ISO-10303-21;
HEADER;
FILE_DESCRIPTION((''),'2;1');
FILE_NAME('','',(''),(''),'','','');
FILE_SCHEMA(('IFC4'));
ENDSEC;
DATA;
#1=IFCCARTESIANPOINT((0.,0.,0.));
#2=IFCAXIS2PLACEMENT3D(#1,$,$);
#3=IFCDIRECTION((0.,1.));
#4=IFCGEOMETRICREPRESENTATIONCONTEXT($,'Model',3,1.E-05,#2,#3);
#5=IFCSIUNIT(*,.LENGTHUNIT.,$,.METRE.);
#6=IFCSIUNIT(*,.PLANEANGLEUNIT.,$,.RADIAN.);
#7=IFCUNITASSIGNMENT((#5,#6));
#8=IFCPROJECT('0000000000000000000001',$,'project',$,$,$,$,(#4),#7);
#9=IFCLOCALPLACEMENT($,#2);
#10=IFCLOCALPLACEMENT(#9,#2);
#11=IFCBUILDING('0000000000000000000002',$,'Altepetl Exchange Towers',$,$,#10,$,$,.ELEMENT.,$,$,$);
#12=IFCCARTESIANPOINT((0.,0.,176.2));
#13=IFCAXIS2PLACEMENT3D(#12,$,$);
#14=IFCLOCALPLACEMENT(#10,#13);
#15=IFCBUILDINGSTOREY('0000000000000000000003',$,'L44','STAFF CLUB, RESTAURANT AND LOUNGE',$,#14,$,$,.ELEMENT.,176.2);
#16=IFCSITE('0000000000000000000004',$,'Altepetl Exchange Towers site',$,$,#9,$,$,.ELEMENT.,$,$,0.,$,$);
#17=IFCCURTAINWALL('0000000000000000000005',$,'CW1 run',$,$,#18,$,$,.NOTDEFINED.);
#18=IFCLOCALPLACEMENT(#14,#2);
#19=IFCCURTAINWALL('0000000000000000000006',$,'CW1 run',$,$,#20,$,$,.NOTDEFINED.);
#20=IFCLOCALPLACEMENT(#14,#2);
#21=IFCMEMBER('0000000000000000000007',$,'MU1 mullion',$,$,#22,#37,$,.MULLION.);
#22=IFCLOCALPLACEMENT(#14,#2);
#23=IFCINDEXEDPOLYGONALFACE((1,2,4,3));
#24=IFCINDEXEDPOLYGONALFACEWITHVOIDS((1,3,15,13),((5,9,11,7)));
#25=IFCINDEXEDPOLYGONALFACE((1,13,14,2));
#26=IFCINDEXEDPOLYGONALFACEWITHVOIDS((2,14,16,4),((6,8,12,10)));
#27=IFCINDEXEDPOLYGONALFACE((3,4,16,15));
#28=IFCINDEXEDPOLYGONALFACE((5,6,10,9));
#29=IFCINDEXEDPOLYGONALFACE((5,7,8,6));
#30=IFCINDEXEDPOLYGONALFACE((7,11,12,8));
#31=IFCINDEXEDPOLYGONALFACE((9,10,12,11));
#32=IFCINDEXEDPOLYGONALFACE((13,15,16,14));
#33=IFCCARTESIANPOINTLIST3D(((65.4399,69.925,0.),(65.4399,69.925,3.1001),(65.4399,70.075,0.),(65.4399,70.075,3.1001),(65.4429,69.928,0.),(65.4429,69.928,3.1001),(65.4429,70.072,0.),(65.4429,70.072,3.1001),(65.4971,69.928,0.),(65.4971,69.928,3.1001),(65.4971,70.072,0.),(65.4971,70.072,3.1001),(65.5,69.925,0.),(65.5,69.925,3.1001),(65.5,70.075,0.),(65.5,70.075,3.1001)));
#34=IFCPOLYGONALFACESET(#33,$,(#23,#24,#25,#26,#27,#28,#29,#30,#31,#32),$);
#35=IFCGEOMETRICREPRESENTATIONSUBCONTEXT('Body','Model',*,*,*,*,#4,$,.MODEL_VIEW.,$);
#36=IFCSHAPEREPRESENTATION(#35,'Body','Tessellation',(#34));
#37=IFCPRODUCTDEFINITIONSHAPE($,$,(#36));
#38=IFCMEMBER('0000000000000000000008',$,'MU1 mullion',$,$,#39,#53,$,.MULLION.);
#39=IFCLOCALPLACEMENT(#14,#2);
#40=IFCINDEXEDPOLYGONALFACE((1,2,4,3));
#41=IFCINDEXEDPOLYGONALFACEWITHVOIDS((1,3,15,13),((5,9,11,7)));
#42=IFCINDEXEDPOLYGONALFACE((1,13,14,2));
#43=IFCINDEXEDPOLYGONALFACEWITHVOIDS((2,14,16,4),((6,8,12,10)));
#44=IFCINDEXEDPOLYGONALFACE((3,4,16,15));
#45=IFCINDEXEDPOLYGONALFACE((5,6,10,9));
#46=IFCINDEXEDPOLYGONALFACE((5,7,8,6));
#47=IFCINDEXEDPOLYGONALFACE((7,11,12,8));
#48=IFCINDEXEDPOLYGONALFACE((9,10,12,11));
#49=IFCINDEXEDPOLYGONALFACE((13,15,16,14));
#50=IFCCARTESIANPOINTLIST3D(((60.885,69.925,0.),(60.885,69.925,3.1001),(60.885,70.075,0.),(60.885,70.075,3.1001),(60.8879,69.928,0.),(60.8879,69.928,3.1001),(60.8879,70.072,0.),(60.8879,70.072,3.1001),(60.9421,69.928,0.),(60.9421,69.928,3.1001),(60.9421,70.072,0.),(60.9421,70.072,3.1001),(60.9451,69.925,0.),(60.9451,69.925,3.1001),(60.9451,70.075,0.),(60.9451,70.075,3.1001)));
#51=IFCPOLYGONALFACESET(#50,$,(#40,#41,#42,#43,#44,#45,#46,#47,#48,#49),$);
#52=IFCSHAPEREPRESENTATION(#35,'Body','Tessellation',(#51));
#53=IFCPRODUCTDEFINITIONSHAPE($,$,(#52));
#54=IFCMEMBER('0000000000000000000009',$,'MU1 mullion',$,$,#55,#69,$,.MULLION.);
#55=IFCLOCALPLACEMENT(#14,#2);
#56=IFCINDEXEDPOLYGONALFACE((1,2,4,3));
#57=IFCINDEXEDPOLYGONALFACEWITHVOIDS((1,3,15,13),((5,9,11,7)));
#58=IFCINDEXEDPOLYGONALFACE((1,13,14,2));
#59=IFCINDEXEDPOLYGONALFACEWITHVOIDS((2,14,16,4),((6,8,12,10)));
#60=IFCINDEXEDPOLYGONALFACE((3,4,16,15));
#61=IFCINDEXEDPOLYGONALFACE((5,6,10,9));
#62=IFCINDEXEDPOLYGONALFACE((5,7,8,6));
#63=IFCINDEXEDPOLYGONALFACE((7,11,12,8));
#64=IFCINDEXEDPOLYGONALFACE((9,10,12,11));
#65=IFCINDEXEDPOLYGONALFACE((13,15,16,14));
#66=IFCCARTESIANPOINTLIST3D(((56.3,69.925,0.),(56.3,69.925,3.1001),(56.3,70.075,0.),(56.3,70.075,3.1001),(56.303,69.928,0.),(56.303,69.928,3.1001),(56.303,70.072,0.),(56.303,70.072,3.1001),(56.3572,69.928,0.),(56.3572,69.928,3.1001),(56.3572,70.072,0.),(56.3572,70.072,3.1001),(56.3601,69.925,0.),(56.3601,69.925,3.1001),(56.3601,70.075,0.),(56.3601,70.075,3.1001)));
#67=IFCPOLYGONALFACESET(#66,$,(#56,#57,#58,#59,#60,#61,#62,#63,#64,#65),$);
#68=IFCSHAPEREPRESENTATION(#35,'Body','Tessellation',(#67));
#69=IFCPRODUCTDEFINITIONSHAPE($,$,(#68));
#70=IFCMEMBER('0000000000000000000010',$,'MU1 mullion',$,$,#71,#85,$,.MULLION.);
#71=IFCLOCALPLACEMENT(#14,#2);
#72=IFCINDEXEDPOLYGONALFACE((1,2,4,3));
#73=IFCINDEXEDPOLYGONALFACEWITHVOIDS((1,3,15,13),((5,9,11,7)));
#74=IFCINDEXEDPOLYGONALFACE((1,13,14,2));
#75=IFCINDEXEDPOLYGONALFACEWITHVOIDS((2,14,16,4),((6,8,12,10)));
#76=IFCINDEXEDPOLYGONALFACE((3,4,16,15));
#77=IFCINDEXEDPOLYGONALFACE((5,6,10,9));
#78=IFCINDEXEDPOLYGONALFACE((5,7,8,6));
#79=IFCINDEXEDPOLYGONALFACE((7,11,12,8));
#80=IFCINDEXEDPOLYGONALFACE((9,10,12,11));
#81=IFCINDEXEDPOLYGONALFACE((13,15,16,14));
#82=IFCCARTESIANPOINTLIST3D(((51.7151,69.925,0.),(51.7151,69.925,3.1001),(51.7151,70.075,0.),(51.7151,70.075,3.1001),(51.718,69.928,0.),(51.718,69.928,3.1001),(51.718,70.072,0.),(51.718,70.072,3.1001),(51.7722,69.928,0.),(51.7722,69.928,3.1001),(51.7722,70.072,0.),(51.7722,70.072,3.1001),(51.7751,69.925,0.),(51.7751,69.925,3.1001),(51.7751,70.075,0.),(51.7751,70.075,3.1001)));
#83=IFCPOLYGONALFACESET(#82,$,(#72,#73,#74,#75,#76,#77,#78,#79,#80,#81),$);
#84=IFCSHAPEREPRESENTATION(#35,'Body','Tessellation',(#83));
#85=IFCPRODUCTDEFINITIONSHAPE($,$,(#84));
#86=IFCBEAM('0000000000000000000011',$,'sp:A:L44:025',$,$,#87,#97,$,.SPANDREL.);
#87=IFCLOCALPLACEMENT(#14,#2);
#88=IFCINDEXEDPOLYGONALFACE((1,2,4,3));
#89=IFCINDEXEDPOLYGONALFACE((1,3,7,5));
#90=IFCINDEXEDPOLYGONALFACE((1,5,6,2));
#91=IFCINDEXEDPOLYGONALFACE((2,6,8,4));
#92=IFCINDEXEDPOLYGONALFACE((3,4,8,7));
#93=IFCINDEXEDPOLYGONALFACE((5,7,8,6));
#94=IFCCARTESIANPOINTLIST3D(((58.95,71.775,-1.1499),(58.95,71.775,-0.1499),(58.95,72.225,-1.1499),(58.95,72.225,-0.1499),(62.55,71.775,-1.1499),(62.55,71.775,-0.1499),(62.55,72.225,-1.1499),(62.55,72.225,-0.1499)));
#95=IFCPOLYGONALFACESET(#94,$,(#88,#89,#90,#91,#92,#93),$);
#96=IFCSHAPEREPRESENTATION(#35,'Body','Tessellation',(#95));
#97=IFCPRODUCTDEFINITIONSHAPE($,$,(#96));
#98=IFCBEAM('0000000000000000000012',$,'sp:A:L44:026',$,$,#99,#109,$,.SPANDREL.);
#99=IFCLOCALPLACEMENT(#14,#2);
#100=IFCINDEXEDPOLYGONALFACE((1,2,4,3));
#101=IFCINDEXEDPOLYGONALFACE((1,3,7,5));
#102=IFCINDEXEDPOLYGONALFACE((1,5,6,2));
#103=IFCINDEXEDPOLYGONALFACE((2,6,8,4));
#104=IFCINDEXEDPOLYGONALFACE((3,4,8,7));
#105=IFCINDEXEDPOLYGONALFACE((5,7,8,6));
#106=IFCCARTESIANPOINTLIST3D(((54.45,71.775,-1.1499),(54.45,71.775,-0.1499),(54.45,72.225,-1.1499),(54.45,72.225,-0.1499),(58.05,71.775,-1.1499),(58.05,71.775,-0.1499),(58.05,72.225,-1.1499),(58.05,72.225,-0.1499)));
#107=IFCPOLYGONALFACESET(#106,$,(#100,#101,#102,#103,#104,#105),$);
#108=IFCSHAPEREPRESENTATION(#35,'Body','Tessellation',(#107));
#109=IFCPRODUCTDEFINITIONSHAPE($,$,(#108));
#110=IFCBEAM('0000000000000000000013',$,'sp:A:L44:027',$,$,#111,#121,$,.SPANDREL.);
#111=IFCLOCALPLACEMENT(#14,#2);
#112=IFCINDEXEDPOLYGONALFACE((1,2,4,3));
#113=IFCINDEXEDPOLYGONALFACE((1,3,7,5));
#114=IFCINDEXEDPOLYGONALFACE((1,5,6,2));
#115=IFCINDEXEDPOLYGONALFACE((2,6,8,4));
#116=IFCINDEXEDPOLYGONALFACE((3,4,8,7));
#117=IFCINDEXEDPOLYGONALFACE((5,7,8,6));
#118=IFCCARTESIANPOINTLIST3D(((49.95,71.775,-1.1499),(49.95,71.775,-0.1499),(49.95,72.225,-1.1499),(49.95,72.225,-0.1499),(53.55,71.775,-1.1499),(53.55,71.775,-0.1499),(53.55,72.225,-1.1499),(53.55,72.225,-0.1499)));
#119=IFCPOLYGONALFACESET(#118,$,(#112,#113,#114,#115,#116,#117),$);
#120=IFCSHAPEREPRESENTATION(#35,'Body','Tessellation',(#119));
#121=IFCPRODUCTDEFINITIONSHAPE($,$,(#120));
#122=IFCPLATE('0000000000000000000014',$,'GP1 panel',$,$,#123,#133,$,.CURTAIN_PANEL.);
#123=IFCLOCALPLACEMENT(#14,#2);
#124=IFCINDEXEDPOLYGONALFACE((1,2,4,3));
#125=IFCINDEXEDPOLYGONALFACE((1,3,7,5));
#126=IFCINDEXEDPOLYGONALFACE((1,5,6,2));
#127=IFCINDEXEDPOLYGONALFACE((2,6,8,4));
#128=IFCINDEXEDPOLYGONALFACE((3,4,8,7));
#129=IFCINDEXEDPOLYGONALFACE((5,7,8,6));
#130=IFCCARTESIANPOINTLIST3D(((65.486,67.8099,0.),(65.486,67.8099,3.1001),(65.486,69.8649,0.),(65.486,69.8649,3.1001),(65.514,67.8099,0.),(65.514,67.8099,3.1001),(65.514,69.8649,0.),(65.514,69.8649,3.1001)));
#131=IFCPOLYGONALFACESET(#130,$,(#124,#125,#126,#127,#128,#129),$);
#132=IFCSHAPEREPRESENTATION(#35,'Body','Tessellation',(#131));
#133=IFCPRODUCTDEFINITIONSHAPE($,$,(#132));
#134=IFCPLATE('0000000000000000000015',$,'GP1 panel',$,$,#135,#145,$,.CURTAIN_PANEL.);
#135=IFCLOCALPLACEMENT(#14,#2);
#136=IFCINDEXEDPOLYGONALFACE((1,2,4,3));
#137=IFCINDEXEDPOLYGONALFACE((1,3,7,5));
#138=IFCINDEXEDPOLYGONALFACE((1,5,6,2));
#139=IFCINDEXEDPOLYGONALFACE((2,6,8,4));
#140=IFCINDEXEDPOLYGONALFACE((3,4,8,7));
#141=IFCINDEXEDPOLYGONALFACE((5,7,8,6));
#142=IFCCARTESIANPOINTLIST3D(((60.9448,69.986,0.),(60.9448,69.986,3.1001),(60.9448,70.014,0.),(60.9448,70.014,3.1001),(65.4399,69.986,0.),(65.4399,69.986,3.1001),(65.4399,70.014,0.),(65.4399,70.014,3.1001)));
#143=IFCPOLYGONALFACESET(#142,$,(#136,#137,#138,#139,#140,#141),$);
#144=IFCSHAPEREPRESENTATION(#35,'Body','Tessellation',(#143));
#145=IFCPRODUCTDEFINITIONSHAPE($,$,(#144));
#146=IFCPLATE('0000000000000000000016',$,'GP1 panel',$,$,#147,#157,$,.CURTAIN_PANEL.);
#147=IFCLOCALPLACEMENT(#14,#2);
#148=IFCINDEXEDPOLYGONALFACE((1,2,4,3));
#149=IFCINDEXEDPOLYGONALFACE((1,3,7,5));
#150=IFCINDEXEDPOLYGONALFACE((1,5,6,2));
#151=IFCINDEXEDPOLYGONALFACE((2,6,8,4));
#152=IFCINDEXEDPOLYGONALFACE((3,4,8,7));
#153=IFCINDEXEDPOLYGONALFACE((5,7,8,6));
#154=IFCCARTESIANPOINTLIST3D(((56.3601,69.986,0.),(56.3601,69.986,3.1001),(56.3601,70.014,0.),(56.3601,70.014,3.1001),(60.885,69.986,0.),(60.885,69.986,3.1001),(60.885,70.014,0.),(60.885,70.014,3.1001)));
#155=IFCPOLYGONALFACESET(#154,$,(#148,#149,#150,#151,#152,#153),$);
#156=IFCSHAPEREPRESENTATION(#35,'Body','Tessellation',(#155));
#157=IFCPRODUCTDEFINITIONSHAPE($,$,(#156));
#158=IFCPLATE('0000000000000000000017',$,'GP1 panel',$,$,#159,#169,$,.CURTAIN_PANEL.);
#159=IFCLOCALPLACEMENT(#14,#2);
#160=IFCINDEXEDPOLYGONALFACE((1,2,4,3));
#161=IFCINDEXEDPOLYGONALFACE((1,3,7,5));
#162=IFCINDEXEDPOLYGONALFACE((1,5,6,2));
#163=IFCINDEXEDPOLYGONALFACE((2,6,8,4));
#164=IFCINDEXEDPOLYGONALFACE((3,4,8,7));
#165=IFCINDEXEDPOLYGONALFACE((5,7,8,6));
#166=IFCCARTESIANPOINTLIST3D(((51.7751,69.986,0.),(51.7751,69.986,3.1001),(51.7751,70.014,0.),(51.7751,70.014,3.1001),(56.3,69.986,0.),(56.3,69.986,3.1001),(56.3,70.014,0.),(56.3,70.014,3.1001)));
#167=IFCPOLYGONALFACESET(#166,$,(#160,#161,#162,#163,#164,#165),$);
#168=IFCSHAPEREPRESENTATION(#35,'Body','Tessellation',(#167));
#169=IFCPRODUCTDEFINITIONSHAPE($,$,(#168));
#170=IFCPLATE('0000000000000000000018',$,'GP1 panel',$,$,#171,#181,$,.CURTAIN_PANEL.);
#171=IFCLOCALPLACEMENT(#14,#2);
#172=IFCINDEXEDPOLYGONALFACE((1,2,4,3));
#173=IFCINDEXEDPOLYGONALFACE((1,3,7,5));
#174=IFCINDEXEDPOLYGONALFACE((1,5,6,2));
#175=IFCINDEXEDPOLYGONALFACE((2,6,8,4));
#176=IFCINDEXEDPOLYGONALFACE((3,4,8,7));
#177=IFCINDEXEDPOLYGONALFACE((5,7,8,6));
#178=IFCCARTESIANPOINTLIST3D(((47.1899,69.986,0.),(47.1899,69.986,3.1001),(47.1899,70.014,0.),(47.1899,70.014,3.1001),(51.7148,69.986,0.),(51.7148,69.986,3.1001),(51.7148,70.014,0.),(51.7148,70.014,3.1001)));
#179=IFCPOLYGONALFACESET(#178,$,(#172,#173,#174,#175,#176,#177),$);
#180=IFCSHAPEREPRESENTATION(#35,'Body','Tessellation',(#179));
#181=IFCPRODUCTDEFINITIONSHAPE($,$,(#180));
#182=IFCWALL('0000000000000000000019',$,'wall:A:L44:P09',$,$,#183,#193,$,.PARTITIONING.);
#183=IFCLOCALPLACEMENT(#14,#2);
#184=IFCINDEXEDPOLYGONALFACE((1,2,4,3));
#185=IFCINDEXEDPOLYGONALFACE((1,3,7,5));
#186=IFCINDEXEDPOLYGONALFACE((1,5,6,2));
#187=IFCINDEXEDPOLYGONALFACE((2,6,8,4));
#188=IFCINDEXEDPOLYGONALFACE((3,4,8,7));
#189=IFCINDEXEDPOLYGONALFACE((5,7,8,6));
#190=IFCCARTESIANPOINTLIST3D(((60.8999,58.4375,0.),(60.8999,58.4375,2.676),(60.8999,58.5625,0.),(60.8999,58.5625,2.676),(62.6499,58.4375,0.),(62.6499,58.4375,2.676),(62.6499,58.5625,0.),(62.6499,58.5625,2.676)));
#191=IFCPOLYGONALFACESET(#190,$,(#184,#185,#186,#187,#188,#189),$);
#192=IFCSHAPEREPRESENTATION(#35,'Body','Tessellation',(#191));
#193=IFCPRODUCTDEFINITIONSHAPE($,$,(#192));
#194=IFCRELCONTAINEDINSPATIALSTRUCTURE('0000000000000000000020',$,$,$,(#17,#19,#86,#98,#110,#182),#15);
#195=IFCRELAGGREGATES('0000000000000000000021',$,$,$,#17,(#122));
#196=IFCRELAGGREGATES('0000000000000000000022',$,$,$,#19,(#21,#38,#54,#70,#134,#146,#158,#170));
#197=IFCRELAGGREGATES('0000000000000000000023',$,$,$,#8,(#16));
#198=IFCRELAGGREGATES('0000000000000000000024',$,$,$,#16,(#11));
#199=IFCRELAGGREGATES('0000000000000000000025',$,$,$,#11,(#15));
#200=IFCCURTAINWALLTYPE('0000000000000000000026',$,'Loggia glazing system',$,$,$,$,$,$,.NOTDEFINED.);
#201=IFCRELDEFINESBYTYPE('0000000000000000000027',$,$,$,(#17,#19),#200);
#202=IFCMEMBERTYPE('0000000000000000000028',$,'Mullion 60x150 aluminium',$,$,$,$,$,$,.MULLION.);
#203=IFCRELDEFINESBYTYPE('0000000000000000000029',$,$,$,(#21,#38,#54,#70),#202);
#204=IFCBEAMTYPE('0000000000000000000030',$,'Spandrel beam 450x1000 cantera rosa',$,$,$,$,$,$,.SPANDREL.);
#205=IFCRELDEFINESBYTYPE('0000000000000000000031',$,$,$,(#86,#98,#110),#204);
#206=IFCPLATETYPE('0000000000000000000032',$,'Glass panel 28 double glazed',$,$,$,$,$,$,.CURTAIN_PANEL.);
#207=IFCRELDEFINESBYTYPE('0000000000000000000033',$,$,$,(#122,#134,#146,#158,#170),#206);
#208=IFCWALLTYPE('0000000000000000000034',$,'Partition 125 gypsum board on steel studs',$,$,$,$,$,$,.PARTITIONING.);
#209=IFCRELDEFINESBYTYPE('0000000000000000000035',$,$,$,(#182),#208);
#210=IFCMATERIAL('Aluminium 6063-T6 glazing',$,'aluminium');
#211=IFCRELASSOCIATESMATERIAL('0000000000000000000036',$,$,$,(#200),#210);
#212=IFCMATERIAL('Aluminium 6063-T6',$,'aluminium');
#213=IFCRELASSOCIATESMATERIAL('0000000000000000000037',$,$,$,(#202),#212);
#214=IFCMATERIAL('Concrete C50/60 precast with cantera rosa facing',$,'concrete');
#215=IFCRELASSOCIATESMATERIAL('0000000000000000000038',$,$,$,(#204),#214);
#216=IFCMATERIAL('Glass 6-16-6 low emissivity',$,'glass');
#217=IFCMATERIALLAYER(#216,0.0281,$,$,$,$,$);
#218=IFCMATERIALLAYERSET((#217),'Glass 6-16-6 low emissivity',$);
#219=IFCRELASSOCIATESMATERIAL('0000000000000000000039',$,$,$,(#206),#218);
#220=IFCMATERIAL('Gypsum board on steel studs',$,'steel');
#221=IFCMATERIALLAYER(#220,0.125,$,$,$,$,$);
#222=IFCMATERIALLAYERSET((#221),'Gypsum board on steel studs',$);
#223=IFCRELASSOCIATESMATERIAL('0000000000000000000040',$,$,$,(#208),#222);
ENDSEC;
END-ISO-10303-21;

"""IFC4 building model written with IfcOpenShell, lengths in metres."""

from ifc_helpers import new_model, si_unit, direction, frame, frame_2d, origin, origin_2d, place, context, subcontext, project, spatial, rectangle, hollow_rectangle, extrude, material, layer, layer_set, material_profile, profile_set, type_object, element, aggregate, save


model = new_model("IFC4")

# Units and contexts
model_context = context("Model", 3, precision=1e-05, world=origin(), true_north=direction((0.0, 1.0)))
body_context = subcontext(model_context, "Body", "Model", "MODEL_VIEW")
ifc_project = project(units=[si_unit("LENGTHUNIT", "METRE"), si_unit("PLANEANGLEUNIT", "RADIAN")], contexts=[model_context])

# Site, building, storey
site_placement = place(None, origin())
site = spatial("IfcSite", under=ifc_project, at=site_placement, Name="Altepetl Exchange Towers site", CompositionType="ELEMENT", RefElevation=0.0)
building_placement = place(site_placement, origin())
building = spatial("IfcBuilding", under=site, at=building_placement, Name="Altepetl Exchange Towers", CompositionType="ELEMENT")
storey_placement = place(building_placement, frame((0.0, 0.0, 176.2)))
storey = spatial("IfcBuildingStorey", under=building, at=storey_placement, Name="L44", Description="STAFF CLUB, RESTAURANT AND LOUNGE", CompositionType="ELEMENT", Elevation=176.2)

# Curtain walls, members
ifc_material_1 = material(Name="Aluminium 6063-T6 glazing", Category="aluminium")
curtain_wall_type = type_object("IfcCurtainWallType", Name="Loggia glazing system", PredefinedType="NOTDEFINED", material=ifc_material_1)
curtain_wall_1_placement = place(storey_placement, origin())
curtain_wall_1 = element("IfcCurtainWall", 1, at=curtain_wall_1_placement, inside=storey, type_object=curtain_wall_type, Name="CW1 run", PredefinedType="NOTDEFINED")
ifc_material_2 = material(Name="Aluminium 6063-T6", Category="aluminium")
ifc_material_profile_1 = material_profile(ifc_material_2, hollow_rectangle(XDim=0.0601, YDim=0.1499, WallThickness=0.0029, at=origin_2d()), Name="Mullion 60x150 aluminium")
ifc_profile_set_1 = profile_set([ifc_material_profile_1], Name="Aluminium 6063-T6")
member_type = type_object("IfcMemberType", Name="Mullion 60x150 aluminium", PredefinedType="MULLION", material=ifc_profile_set_1)
curtain_wall_2_placement = place(storey_placement, origin())
curtain_wall_2 = element("IfcCurtainWall", 2, at=curtain_wall_2_placement, inside=storey, type_object=curtain_wall_type, Name="CW1 run", PredefinedType="NOTDEFINED")
member_1_placement = place(storey_placement, frame((65.47, 70.0, 0.0), z_axis=(0.0, 0.0, 1.0), x_axis=(-1.0, 0.0, 0.0)))
member_1 = element("IfcMember", 3, at=member_1_placement, type_object=member_type, Name="MU1 mullion", PredefinedType="MULLION", context=body_context, shape_type="SweptSolid", body=[
    extrude(hollow_rectangle(XDim=0.0601, YDim=0.1499, WallThickness=0.0029, at=origin_2d()), origin(), (0.0, 0.0, 1.0), 3.1001),
])
member_2_placement = place(storey_placement, frame((60.915, 70.0, 0.0), z_axis=(0.0, 0.0, 1.0), x_axis=(-1.0, 0.0, 0.0)))
member_2 = element("IfcMember", 4, at=member_2_placement, type_object=member_type, Name="MU1 mullion", PredefinedType="MULLION", context=body_context, shape_type="SweptSolid", body=[
    extrude(hollow_rectangle(XDim=0.0601, YDim=0.1499, WallThickness=0.0029, at=origin_2d()), origin(), (0.0, 0.0, 1.0), 3.1001),
])
member_3_placement = place(storey_placement, frame((56.3301, 70.0, 0.0), z_axis=(0.0, 0.0, 1.0), x_axis=(-1.0, 0.0, 0.0)))
member_3 = element("IfcMember", 5, at=member_3_placement, type_object=member_type, Name="MU1 mullion", PredefinedType="MULLION", context=body_context, shape_type="SweptSolid", body=[
    extrude(hollow_rectangle(XDim=0.0601, YDim=0.1499, WallThickness=0.0029, at=origin_2d()), origin(), (0.0, 0.0, 1.0), 3.1001),
])
member_4_placement = place(storey_placement, frame((51.7451, 70.0, 0.0), z_axis=(0.0, 0.0, 1.0), x_axis=(-1.0, 0.0, 0.0)))
member_4 = element("IfcMember", 6, at=member_4_placement, type_object=member_type, Name="MU1 mullion", PredefinedType="MULLION", context=body_context, shape_type="SweptSolid", body=[
    extrude(hollow_rectangle(XDim=0.0601, YDim=0.1499, WallThickness=0.0029, at=origin_2d()), origin(), (0.0, 0.0, 1.0), 3.1001),
])

# Beams
ifc_material_3 = material(Name="Concrete C50/60 precast with cantera rosa facing", Category="concrete")
ifc_material_profile_2 = material_profile(ifc_material_3, rectangle(XDim=0.45, YDim=1.0, at=origin_2d()), Name="450 x 1000")
ifc_profile_set_2 = profile_set([ifc_material_profile_2], Name="Concrete C50/60 precast with cantera rosa facing")
beam_type_1 = type_object("IfcBeamType", Name="Spandrel beam 450x1000 cantera rosa", PredefinedType="SPANDREL", material=ifc_profile_set_2)
for number, where, z_axis, x_axis, name in (
    (7, (62.55, 72.0, -0.6499), (-1.0, 0.0, 0.0), (0.0, -1.0, 0.0), "sp:A:L44:025"),
    (8, (58.05, 72.0, -0.6499), (-1.0, 0.0, 0.0), (0.0, -1.0, 0.0), "sp:A:L44:026"),
    (9, (53.55, 72.0, -0.6499), (-1.0, 0.0, 0.0), (0.0, -1.0, 0.0), "sp:A:L44:027"),
):
    element("IfcBeam", number, at=place(storey_placement, frame(where, z_axis=z_axis, x_axis=x_axis)), inside=storey, type_object=beam_type_1, Name=name, PredefinedType="SPANDREL", context=body_context, shape_type="SweptSolid", body=[
        extrude(rectangle(XDim=0.45, YDim=1.0, at=origin_2d()), origin(), (0.0, 0.0, 1.0), 3.6001),
    ])

# Plates
ifc_material_4 = material(Name="Glass 6-16-6 low emissivity", Category="glass")
ifc_layer_1 = layer(ifc_material_4, 0.0281)
ifc_layer_set_1 = layer_set([ifc_layer_1], Name="Glass 6-16-6 low emissivity")
plate_type = type_object("IfcPlateType", Name="Glass panel 28 double glazed", PredefinedType="CURTAIN_PANEL", material=ifc_layer_set_1)
plate_1_placement = place(storey_placement, frame((65.5, 68.8374, 0.0), z_axis=(0.0, 0.0, 1.0), x_axis=(0.0, 1.0, 0.0)))
plate_1 = element("IfcPlate", 10, at=plate_1_placement, type_object=plate_type, Name="GP1 panel", PredefinedType="CURTAIN_PANEL", context=body_context, shape_type="SweptSolid", body=[
    extrude(rectangle(XDim=2.0549, YDim=0.0281, at=origin_2d()), origin(), (0.0, 0.0, 1.0), 3.1001),
])
aggregate(curtain_wall_1, [plate_1])
plate_2_placement = place(storey_placement, frame((63.1924, 70.0, 0.0), z_axis=(0.0, 0.0, 1.0), x_axis=(-1.0, 0.0, 0.0)))
plate_2 = element("IfcPlate", 11, at=plate_2_placement, type_object=plate_type, Name="GP1 panel", PredefinedType="CURTAIN_PANEL", context=body_context, shape_type="SweptSolid", body=[
    extrude(rectangle(XDim=4.4951, YDim=0.0281, at=origin_2d()), origin(), (0.0, 0.0, 1.0), 3.1001),
])
plate_3_placement = place(storey_placement, frame((58.6226, 70.0, 0.0), z_axis=(0.0, 0.0, 1.0), x_axis=(-1.0, 0.0, 0.0)))
plate_3 = element("IfcPlate", 12, at=plate_3_placement, type_object=plate_type, Name="GP1 panel", PredefinedType="CURTAIN_PANEL", context=body_context, shape_type="SweptSolid", body=[
    extrude(rectangle(XDim=4.5249, YDim=0.0281, at=origin_2d()), origin(), (0.0, 0.0, 1.0), 3.1001),
])
plate_4_placement = place(storey_placement, frame((54.0376, 70.0, 0.0), z_axis=(0.0, 0.0, 1.0), x_axis=(-1.0, 0.0, 0.0)))
plate_4 = element("IfcPlate", 13, at=plate_4_placement, type_object=plate_type, Name="GP1 panel", PredefinedType="CURTAIN_PANEL", context=body_context, shape_type="SweptSolid", body=[
    extrude(rectangle(XDim=4.5249, YDim=0.0281, at=origin_2d()), origin(), (0.0, 0.0, 1.0), 3.1001),
])
plate_5_placement = place(storey_placement, frame((49.4524, 70.0, 0.0), z_axis=(0.0, 0.0, 1.0), x_axis=(-1.0, 0.0, 0.0)))
plate_5 = element("IfcPlate", 14, at=plate_5_placement, type_object=plate_type, Name="GP1 panel", PredefinedType="CURTAIN_PANEL", context=body_context, shape_type="SweptSolid", body=[
    extrude(rectangle(XDim=4.5249, YDim=0.0281, at=origin_2d()), origin(), (0.0, 0.0, 1.0), 3.1001),
])
aggregate(curtain_wall_2, [member_1, member_2, member_3, member_4, plate_2, plate_3, plate_4, plate_5])

# Wall
ifc_material_5 = material(Name="Gypsum board on steel studs", Category="steel")
ifc_layer_2 = layer(ifc_material_5, 0.125)
ifc_layer_set_2 = layer_set([ifc_layer_2], Name="Gypsum board on steel studs")
wall_type = type_object("IfcWallType", Name="Partition 125 gypsum board on steel studs", PredefinedType="PARTITIONING", material=ifc_layer_set_2)
wall_1_placement = place(storey_placement, frame((60.8999, 58.5, 0.0)))
element("IfcWall", 15, at=wall_1_placement, inside=storey, type_object=wall_type, Name="wall:A:L44:P09", PredefinedType="PARTITIONING", context=body_context, shape_type="SweptSolid", body=[
    extrude(rectangle(XDim=1.75, YDim=0.125, at=frame_2d((0.875, 0.0))), origin(), (0.0, 0.0, 1.0), 2.676),
])

save(model, "model.ifc")
